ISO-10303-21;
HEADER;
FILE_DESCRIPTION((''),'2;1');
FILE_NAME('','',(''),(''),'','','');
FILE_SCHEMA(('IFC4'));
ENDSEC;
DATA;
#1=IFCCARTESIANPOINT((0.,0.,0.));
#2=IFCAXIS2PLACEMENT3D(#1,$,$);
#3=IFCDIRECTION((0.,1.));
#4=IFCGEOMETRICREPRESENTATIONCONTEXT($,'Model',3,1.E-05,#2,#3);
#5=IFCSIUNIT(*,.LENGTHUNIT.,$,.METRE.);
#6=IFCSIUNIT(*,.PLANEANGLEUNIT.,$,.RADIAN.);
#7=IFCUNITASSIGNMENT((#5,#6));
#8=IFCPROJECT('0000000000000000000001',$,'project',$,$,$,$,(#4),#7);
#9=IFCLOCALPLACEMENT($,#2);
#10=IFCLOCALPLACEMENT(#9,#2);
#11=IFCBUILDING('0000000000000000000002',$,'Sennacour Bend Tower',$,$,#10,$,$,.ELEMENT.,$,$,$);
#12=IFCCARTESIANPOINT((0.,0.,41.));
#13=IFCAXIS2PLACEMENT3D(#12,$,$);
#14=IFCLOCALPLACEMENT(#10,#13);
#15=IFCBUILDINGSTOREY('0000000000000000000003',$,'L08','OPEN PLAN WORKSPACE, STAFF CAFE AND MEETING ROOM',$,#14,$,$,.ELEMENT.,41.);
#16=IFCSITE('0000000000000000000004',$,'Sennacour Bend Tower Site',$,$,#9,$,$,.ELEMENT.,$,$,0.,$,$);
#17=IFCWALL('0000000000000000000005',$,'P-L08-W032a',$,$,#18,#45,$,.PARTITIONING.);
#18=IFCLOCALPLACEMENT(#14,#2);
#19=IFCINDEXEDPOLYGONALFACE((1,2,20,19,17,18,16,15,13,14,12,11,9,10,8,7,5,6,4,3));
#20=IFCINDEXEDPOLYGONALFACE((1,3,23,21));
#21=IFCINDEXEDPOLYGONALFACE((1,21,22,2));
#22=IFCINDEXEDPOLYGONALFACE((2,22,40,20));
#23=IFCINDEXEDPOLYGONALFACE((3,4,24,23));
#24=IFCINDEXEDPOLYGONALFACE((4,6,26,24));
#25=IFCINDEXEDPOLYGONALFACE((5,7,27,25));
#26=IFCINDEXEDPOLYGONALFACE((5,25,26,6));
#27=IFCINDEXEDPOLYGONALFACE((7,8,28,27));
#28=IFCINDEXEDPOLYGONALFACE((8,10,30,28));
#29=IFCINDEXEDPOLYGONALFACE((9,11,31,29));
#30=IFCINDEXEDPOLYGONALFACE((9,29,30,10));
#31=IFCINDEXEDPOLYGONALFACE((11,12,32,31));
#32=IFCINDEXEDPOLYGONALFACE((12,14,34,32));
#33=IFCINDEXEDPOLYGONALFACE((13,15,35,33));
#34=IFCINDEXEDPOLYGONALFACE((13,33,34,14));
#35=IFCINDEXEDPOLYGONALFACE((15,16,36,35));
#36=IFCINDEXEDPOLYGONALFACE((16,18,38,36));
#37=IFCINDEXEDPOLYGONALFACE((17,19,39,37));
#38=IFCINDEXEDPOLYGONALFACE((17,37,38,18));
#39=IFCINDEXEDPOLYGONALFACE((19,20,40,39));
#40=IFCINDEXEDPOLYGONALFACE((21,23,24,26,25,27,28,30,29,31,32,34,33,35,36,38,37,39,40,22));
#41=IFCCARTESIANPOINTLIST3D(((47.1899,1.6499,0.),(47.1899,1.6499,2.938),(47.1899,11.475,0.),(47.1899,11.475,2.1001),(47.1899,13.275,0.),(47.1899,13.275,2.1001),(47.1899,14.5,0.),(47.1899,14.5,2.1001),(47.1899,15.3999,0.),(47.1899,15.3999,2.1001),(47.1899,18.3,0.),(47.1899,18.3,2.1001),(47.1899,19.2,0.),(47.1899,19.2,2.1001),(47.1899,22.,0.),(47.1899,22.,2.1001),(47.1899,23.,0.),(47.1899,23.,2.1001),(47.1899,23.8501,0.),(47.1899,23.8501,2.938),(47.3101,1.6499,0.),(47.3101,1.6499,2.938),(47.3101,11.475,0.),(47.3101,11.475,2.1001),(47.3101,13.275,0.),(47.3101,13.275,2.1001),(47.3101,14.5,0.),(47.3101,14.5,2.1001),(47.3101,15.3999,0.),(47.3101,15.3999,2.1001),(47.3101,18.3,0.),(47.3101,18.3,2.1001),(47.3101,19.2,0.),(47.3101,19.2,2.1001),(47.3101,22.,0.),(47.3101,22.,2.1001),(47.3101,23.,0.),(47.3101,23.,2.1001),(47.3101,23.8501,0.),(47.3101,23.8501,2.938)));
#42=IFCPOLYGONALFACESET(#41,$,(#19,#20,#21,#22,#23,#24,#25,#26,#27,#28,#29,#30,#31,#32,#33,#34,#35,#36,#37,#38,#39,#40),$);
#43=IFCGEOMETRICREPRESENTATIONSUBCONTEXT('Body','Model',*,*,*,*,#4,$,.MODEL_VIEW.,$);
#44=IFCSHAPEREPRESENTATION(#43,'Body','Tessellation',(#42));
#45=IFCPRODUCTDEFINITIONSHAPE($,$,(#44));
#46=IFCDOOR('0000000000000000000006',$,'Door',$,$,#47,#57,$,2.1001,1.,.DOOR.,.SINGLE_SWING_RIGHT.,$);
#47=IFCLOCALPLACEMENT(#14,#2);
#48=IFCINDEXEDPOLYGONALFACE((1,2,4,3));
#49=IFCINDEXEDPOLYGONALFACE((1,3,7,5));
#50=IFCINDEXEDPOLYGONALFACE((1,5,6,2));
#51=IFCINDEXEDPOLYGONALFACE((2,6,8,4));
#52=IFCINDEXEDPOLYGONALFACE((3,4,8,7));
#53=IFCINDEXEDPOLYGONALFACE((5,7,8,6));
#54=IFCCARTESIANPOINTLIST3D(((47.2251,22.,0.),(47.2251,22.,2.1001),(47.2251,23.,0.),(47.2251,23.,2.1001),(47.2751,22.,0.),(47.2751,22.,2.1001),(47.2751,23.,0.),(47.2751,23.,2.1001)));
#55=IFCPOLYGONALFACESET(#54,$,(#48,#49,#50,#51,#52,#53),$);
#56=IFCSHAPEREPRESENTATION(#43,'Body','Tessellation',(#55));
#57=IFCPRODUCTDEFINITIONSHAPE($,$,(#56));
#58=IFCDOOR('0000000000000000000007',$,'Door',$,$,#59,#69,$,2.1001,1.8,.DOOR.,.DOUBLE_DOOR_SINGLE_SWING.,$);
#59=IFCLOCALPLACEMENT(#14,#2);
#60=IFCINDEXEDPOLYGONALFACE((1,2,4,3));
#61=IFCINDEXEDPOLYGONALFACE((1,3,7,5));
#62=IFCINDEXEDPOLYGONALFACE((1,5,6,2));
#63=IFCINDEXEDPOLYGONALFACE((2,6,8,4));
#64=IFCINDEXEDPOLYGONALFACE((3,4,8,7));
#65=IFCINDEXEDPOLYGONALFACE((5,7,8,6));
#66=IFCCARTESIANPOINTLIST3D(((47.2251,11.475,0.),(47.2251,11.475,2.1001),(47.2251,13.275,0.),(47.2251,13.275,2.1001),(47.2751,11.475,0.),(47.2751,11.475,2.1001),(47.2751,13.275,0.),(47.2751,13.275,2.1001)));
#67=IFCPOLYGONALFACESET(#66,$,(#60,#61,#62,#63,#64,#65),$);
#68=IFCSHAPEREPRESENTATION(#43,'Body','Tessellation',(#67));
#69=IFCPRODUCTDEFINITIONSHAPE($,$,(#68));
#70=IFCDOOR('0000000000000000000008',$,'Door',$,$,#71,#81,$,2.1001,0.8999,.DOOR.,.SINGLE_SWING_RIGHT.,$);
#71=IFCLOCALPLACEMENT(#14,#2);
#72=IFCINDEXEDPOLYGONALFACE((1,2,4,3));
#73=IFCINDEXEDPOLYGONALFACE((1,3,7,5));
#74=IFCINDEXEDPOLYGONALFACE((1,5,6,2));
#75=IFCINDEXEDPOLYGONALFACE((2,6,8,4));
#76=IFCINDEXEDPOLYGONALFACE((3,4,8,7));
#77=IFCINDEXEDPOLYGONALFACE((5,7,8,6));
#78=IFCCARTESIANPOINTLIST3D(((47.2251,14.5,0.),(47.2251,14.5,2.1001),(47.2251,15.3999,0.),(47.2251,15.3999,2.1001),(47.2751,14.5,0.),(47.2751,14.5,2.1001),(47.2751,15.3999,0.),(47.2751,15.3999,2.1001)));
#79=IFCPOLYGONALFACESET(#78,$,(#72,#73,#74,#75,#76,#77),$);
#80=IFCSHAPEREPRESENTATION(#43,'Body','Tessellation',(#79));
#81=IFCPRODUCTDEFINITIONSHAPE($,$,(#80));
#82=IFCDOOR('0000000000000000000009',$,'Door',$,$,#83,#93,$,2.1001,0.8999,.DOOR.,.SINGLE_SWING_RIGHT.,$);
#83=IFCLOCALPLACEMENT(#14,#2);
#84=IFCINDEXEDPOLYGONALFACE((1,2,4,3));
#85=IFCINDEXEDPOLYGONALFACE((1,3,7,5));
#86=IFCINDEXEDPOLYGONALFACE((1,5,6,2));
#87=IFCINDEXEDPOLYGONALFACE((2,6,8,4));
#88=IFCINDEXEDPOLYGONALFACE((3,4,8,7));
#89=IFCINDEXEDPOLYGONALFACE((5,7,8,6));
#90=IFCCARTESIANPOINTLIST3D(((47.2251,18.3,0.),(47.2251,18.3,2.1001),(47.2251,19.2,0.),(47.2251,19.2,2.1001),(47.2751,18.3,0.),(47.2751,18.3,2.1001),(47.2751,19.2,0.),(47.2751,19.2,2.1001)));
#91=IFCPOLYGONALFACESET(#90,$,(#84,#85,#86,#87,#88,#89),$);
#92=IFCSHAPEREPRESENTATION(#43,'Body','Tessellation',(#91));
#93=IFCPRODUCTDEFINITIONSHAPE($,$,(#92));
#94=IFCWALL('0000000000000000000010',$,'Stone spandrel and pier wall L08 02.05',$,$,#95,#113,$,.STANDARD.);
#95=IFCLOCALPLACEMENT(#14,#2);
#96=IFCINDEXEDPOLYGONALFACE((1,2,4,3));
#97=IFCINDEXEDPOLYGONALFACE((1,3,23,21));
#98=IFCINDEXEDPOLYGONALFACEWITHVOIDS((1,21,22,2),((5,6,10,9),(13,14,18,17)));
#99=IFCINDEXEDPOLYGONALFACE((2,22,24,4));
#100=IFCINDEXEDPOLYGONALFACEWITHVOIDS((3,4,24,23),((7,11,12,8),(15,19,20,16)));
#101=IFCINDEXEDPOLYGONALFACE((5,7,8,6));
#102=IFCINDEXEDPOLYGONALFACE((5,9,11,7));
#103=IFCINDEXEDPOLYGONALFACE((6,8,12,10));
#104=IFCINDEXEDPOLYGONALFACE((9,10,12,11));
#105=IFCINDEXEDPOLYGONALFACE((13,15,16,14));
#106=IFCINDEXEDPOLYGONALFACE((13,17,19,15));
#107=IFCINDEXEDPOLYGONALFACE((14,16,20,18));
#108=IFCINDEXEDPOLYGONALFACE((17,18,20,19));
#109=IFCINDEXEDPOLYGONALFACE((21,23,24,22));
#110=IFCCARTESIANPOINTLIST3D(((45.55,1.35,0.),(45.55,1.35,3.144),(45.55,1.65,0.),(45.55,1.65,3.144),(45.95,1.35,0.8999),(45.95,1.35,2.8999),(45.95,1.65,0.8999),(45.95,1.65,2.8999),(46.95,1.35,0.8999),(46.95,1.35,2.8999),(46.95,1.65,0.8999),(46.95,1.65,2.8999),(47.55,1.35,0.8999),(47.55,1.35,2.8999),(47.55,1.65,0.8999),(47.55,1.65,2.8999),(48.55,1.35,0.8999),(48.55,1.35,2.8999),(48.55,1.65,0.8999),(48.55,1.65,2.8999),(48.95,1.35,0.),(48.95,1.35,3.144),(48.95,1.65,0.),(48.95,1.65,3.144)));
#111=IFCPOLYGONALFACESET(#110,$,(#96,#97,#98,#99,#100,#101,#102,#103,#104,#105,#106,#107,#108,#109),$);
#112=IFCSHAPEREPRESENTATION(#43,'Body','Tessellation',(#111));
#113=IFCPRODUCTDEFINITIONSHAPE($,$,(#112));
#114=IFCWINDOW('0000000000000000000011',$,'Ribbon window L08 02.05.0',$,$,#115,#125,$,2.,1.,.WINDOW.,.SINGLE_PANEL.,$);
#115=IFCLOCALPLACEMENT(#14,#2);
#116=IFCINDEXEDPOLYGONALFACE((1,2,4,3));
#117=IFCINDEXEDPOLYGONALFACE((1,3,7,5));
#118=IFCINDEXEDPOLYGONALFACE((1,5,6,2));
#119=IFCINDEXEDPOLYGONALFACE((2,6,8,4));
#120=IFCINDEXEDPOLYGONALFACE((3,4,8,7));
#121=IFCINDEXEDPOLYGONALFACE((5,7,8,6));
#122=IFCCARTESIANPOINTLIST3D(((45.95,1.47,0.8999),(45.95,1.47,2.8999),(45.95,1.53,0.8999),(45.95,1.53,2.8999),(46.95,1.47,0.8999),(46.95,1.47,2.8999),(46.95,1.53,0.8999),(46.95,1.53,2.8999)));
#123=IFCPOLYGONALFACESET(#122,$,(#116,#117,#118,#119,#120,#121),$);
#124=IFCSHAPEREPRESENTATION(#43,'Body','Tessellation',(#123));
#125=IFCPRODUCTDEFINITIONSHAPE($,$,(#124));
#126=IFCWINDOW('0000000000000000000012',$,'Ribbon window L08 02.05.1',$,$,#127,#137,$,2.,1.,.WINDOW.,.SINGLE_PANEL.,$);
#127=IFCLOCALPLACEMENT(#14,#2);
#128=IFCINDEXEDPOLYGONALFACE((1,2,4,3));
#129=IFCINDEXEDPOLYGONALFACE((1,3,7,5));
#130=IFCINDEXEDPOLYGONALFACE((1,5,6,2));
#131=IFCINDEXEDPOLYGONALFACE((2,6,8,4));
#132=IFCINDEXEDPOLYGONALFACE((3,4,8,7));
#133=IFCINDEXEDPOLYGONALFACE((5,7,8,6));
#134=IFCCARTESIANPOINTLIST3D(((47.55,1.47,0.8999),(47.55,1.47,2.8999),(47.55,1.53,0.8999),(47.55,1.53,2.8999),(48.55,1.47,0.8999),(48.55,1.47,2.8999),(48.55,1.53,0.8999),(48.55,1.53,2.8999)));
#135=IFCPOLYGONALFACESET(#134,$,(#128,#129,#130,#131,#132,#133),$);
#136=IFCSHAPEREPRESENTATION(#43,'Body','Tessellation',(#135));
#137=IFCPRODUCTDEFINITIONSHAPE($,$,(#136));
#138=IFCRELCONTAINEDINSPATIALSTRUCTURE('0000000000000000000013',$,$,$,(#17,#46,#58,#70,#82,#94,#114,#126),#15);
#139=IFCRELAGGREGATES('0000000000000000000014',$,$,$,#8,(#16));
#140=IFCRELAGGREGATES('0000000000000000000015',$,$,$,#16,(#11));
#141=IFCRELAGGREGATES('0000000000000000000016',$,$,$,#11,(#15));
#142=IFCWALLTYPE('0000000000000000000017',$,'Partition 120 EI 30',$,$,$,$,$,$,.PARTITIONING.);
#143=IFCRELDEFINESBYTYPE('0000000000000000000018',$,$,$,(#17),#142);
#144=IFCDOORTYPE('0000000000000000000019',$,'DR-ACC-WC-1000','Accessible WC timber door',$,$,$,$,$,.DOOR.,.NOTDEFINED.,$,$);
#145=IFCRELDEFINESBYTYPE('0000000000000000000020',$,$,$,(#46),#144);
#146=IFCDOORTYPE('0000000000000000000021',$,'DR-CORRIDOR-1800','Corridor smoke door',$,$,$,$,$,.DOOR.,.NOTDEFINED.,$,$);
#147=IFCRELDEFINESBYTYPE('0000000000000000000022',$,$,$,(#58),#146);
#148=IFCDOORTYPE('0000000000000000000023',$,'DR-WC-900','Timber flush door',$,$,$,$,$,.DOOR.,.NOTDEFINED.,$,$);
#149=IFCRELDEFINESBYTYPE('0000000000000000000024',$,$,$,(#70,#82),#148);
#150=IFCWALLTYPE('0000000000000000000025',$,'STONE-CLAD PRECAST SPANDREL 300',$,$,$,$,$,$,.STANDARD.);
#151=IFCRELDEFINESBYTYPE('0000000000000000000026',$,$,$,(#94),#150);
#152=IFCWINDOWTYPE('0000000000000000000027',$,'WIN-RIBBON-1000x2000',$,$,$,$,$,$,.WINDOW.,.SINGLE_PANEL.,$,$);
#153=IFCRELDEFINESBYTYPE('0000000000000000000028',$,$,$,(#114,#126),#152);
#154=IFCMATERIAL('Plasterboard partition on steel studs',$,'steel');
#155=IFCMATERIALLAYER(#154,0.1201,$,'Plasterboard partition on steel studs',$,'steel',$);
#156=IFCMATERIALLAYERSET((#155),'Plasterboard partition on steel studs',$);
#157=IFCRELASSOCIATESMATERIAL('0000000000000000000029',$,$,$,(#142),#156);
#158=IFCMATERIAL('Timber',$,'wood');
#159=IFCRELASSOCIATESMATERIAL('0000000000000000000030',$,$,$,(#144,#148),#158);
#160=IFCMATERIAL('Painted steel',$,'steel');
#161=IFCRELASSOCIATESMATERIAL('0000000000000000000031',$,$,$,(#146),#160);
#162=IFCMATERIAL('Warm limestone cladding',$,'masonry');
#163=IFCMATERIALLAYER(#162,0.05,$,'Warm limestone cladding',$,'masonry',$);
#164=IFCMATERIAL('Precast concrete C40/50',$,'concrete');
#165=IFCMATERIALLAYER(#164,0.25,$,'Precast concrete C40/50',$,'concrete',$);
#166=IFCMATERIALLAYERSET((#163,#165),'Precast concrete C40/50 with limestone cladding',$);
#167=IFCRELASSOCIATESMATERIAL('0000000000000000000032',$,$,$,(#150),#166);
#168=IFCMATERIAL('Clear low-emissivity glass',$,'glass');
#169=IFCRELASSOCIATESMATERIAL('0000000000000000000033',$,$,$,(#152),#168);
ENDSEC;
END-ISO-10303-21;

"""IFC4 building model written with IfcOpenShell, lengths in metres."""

from ifc_helpers import new_model, si_unit, direction, frame, frame_2d, origin, place, context, subcontext, project, spatial, rectangle, extrude, material, layer, layer_set, type_object, element, fill, save


model = new_model("IFC4")

# Units and contexts
model_context = context("Model", 3, precision=1e-05, world=origin(), true_north=direction((0.0, 1.0)))
body_context = subcontext(model_context, "Body", "Model", "MODEL_VIEW")
ifc_project = project(units=[si_unit("LENGTHUNIT", "METRE"), si_unit("PLANEANGLEUNIT", "RADIAN")], contexts=[model_context])

# Site, building, storey
site_placement = place(None, origin())
site = spatial("IfcSite", under=ifc_project, at=site_placement, Name="Sennacour Bend Tower Site", CompositionType="ELEMENT", RefElevation=0.0)
building_placement = place(site_placement, origin())
building = spatial("IfcBuilding", under=site, at=building_placement, Name="Sennacour Bend Tower", CompositionType="ELEMENT")
storey_placement = place(building_placement, frame((0.0, 0.0, 41.0)))
storey = spatial("IfcBuildingStorey", under=building, at=storey_placement, Name="L08", Description="OPEN PLAN WORKSPACE, STAFF CAFE AND MEETING ROOM", CompositionType="ELEMENT", Elevation=41.0)

# Shared definitions
ifc_material_1 = material(Name="Plasterboard partition on steel studs", Category="steel")

# Wall, openings, doors
ifc_layer_1 = layer(ifc_material_1, 0.1201, Name="Plasterboard partition on steel studs", Category="steel")
ifc_layer_set_1 = layer_set([ifc_layer_1], Name="Plasterboard partition on steel studs")
wall_type_1 = type_object("IfcWallType", Name="Partition 120 EI 30", PredefinedType="PARTITIONING", material=ifc_layer_set_1)
wall_1_placement = place(storey_placement, frame((47.25, 1.6499, 0.0), z_axis=(0.0, 0.0, 1.0), x_axis=(0.0, 1.0, 0.0)))
wall_1 = element("IfcWall", 1, at=wall_1_placement, inside=storey, type_object=wall_type_1, Name="P-L08-W032a", PredefinedType="PARTITIONING", context=body_context, shape_type="SweptSolid", body=[
    extrude(rectangle(XDim=22.2002, YDim=0.1201, at=frame_2d((11.1001, 0.0))), origin(), (0.0, 0.0, 1.0), 2.938),
])
opening_1_placement = place(wall_1_placement, frame((9.8252, 0.0, 0.0)))
opening_1 = element("IfcOpeningElement", 2, at=opening_1_placement, cuts=wall_1, PredefinedType="OPENING", context=body_context, shape_type="SweptSolid", body=[
    extrude(rectangle(XDim=1.8, YDim=2.1001, at=frame_2d((0.8999, 1.05))), frame((0.0, 0.0701, 0.0), z_axis=(0.0, -1.0, 0.0), x_axis=(1.0, 0.0, 0.0)), (0.0, 0.0, 1.0), 0.1401),
])
opening_2_placement = place(wall_1_placement, frame((12.8501, 0.0, 0.0)))
opening_2 = element("IfcOpeningElement", 3, at=opening_2_placement, cuts=wall_1, PredefinedType="OPENING", context=body_context, shape_type="SweptSolid", body=[
    extrude(rectangle(XDim=0.8999, YDim=2.1001, at=frame_2d((0.45, 1.05))), frame((0.0, 0.0701, 0.0), z_axis=(0.0, -1.0, 0.0), x_axis=(1.0, 0.0, 0.0)), (0.0, 0.0, 1.0), 0.1401),
])
opening_3_placement = place(wall_1_placement, frame((16.6501, 0.0, 0.0)))
opening_3 = element("IfcOpeningElement", 4, at=opening_3_placement, cuts=wall_1, PredefinedType="OPENING", context=body_context, shape_type="SweptSolid", body=[
    extrude(rectangle(XDim=0.8999, YDim=2.1001, at=frame_2d((0.45, 1.05))), frame((0.0, 0.0701, 0.0), z_axis=(0.0, -1.0, 0.0), x_axis=(1.0, 0.0, 0.0)), (0.0, 0.0, 1.0), 0.1401),
])
opening_4_placement = place(wall_1_placement, frame((20.3501, 0.0, 0.0)))
opening_4 = element("IfcOpeningElement", 5, at=opening_4_placement, cuts=wall_1, PredefinedType="OPENING", context=body_context, shape_type="SweptSolid", body=[
    extrude(rectangle(XDim=1.0, YDim=2.1001, at=frame_2d((0.5, 1.05))), frame((0.0, 0.0701, 0.0), z_axis=(0.0, -1.0, 0.0), x_axis=(1.0, 0.0, 0.0)), (0.0, 0.0, 1.0), 0.1401),
])
ifc_material_2 = material(Name="Timber", Category="wood")
door_type_1 = type_object("IfcDoorType", Name="DR-ACC-WC-1000", Description="Accessible WC timber door", OperationType="NOTDEFINED", PredefinedType="DOOR", material=ifc_material_2)
door_1_placement = place(opening_4_placement, origin())
door_1 = element("IfcDoor", 6, at=door_1_placement, inside=storey, type_object=door_type_1, Name="Door", OperationType="SINGLE_SWING_RIGHT", OverallHeight=2.1001, OverallWidth=1.0, PredefinedType="DOOR", context=body_context, shape_type="SweptSolid", body=[
    extrude(rectangle(XDim=1.0, YDim=2.1001, at=frame_2d((0.5, 1.05))), frame((0.0, 0.0249, 0.0), z_axis=(0.0, -1.0, 0.0), x_axis=(1.0, 0.0, 0.0)), (0.0, 0.0, 1.0), 0.05),
])
fill(opening_4, door_1)
ifc_material_3 = material(Name="Painted steel", Category="steel")
door_type_2 = type_object("IfcDoorType", Name="DR-CORRIDOR-1800", Description="Corridor smoke door", OperationType="NOTDEFINED", PredefinedType="DOOR", material=ifc_material_3)
door_2_placement = place(opening_1_placement, origin())
door_2 = element("IfcDoor", 7, at=door_2_placement, inside=storey, type_object=door_type_2, Name="Door", OperationType="DOUBLE_DOOR_SINGLE_SWING", OverallHeight=2.1001, OverallWidth=1.8, PredefinedType="DOOR", context=body_context, shape_type="SweptSolid", body=[
    extrude(rectangle(XDim=1.8, YDim=2.1001, at=frame_2d((0.8999, 1.05))), frame((0.0, 0.0249, 0.0), z_axis=(0.0, -1.0, 0.0), x_axis=(1.0, 0.0, 0.0)), (0.0, 0.0, 1.0), 0.05),
])
fill(opening_1, door_2)
door_type_3 = type_object("IfcDoorType", Name="DR-WC-900", Description="Timber flush door", OperationType="NOTDEFINED", PredefinedType="DOOR", material=ifc_material_2)
door_3_placement = place(opening_2_placement, origin())
door_3 = element("IfcDoor", 8, at=door_3_placement, inside=storey, type_object=door_type_3, Name="Door", OperationType="SINGLE_SWING_RIGHT", OverallHeight=2.1001, OverallWidth=0.8999, PredefinedType="DOOR", context=body_context, shape_type="SweptSolid", body=[
    extrude(rectangle(XDim=0.8999, YDim=2.1001, at=frame_2d((0.45, 1.05))), frame((0.0, 0.0249, 0.0), z_axis=(0.0, -1.0, 0.0), x_axis=(1.0, 0.0, 0.0)), (0.0, 0.0, 1.0), 0.05),
])
fill(opening_2, door_3)
door_4_placement = place(opening_3_placement, origin())
door_4 = element("IfcDoor", 9, at=door_4_placement, inside=storey, type_object=door_type_3, Name="Door", OperationType="SINGLE_SWING_RIGHT", OverallHeight=2.1001, OverallWidth=0.8999, PredefinedType="DOOR", context=body_context, shape_type="SweptSolid", body=[
    extrude(rectangle(XDim=0.8999, YDim=2.1001, at=frame_2d((0.45, 1.05))), frame((0.0, 0.0249, 0.0), z_axis=(0.0, -1.0, 0.0), x_axis=(1.0, 0.0, 0.0)), (0.0, 0.0, 1.0), 0.05),
])
fill(opening_3, door_4)

# Wall, openings, windows
ifc_material_4 = material(Name="Warm limestone cladding", Category="masonry")
ifc_layer_2 = layer(ifc_material_4, 0.05, Name="Warm limestone cladding", Category="masonry")
ifc_material_5 = material(Name="Precast concrete C40/50", Category="concrete")
ifc_layer_3 = layer(ifc_material_5, 0.25, Name="Precast concrete C40/50", Category="concrete")
ifc_layer_set_2 = layer_set([ifc_layer_2, ifc_layer_3], Name="Precast concrete C40/50 with limestone cladding")
wall_type_2 = type_object("IfcWallType", Name="STONE-CLAD PRECAST SPANDREL 300", PredefinedType="STANDARD", material=ifc_layer_set_2)
wall_2_placement = place(storey_placement, frame((45.55, 1.5, 0.0), z_axis=(0.0, 0.0, 1.0), x_axis=(1.0, 0.0, 0.0)))
wall_2 = element("IfcWall", 10, at=wall_2_placement, inside=storey, type_object=wall_type_2, Name="Stone spandrel and pier wall L08 02.05", PredefinedType="STANDARD", context=body_context, shape_type="SweptSolid", body=[
    extrude(rectangle(XDim=3.3999, YDim=0.3, at=frame_2d((1.7, 0.0))), origin(), (0.0, 0.0, 1.0), 3.144),
])
opening_5_placement = place(wall_2_placement, frame((0.3999, 0.0, 0.8999)))
opening_5 = element("IfcOpeningElement", 11, at=opening_5_placement, cuts=wall_2, PredefinedType="OPENING", context=body_context, shape_type="SweptSolid", body=[
    extrude(rectangle(XDim=1.0, YDim=2.0, at=frame_2d((0.5, 1.0))), frame((0.0, 0.1602, 0.0), z_axis=(0.0, -1.0, 0.0), x_axis=(1.0, 0.0, 0.0)), (0.0, 0.0, 1.0), 0.3201),
])
opening_6_placement = place(wall_2_placement, frame((2.0, 0.0, 0.8999)))
opening_6 = element("IfcOpeningElement", 12, at=opening_6_placement, cuts=wall_2, PredefinedType="OPENING", context=body_context, shape_type="SweptSolid", body=[
    extrude(rectangle(XDim=1.0, YDim=2.0, at=frame_2d((0.5, 1.0))), frame((0.0, 0.1602, 0.0), z_axis=(0.0, -1.0, 0.0), x_axis=(1.0, 0.0, 0.0)), (0.0, 0.0, 1.0), 0.3201),
])
ifc_material_6 = material(Name="Clear low-emissivity glass", Category="glass")
window_type = type_object("IfcWindowType", Name="WIN-RIBBON-1000x2000", PartitioningType="SINGLE_PANEL", PredefinedType="WINDOW", material=ifc_material_6)
window_1_placement = place(opening_5_placement, origin())
window_1 = element("IfcWindow", 13, at=window_1_placement, inside=storey, type_object=window_type, Name="Ribbon window L08 02.05.0", OverallHeight=2.0, OverallWidth=1.0, PartitioningType="SINGLE_PANEL", PredefinedType="WINDOW", context=body_context, shape_type="SweptSolid", body=[
    extrude(rectangle(XDim=1.0, YDim=2.0, at=frame_2d((0.5, 1.0))), frame((0.0, 0.03, 0.0), z_axis=(0.0, -1.0, 0.0), x_axis=(1.0, 0.0, 0.0)), (0.0, 0.0, 1.0), 0.0601),
])
fill(opening_5, window_1)
window_2_placement = place(opening_6_placement, origin())
window_2 = element("IfcWindow", 14, at=window_2_placement, inside=storey, type_object=window_type, Name="Ribbon window L08 02.05.1", OverallHeight=2.0, OverallWidth=1.0, PartitioningType="SINGLE_PANEL", PredefinedType="WINDOW", context=body_context, shape_type="SweptSolid", body=[
    extrude(rectangle(XDim=1.0, YDim=2.0, at=frame_2d((0.5, 1.0))), frame((0.0, 0.03, 0.0), z_axis=(0.0, -1.0, 0.0), x_axis=(1.0, 0.0, 0.0)), (0.0, 0.0, 1.0), 0.0601),
])
fill(opening_6, window_2)

save(model, "model.ifc")
